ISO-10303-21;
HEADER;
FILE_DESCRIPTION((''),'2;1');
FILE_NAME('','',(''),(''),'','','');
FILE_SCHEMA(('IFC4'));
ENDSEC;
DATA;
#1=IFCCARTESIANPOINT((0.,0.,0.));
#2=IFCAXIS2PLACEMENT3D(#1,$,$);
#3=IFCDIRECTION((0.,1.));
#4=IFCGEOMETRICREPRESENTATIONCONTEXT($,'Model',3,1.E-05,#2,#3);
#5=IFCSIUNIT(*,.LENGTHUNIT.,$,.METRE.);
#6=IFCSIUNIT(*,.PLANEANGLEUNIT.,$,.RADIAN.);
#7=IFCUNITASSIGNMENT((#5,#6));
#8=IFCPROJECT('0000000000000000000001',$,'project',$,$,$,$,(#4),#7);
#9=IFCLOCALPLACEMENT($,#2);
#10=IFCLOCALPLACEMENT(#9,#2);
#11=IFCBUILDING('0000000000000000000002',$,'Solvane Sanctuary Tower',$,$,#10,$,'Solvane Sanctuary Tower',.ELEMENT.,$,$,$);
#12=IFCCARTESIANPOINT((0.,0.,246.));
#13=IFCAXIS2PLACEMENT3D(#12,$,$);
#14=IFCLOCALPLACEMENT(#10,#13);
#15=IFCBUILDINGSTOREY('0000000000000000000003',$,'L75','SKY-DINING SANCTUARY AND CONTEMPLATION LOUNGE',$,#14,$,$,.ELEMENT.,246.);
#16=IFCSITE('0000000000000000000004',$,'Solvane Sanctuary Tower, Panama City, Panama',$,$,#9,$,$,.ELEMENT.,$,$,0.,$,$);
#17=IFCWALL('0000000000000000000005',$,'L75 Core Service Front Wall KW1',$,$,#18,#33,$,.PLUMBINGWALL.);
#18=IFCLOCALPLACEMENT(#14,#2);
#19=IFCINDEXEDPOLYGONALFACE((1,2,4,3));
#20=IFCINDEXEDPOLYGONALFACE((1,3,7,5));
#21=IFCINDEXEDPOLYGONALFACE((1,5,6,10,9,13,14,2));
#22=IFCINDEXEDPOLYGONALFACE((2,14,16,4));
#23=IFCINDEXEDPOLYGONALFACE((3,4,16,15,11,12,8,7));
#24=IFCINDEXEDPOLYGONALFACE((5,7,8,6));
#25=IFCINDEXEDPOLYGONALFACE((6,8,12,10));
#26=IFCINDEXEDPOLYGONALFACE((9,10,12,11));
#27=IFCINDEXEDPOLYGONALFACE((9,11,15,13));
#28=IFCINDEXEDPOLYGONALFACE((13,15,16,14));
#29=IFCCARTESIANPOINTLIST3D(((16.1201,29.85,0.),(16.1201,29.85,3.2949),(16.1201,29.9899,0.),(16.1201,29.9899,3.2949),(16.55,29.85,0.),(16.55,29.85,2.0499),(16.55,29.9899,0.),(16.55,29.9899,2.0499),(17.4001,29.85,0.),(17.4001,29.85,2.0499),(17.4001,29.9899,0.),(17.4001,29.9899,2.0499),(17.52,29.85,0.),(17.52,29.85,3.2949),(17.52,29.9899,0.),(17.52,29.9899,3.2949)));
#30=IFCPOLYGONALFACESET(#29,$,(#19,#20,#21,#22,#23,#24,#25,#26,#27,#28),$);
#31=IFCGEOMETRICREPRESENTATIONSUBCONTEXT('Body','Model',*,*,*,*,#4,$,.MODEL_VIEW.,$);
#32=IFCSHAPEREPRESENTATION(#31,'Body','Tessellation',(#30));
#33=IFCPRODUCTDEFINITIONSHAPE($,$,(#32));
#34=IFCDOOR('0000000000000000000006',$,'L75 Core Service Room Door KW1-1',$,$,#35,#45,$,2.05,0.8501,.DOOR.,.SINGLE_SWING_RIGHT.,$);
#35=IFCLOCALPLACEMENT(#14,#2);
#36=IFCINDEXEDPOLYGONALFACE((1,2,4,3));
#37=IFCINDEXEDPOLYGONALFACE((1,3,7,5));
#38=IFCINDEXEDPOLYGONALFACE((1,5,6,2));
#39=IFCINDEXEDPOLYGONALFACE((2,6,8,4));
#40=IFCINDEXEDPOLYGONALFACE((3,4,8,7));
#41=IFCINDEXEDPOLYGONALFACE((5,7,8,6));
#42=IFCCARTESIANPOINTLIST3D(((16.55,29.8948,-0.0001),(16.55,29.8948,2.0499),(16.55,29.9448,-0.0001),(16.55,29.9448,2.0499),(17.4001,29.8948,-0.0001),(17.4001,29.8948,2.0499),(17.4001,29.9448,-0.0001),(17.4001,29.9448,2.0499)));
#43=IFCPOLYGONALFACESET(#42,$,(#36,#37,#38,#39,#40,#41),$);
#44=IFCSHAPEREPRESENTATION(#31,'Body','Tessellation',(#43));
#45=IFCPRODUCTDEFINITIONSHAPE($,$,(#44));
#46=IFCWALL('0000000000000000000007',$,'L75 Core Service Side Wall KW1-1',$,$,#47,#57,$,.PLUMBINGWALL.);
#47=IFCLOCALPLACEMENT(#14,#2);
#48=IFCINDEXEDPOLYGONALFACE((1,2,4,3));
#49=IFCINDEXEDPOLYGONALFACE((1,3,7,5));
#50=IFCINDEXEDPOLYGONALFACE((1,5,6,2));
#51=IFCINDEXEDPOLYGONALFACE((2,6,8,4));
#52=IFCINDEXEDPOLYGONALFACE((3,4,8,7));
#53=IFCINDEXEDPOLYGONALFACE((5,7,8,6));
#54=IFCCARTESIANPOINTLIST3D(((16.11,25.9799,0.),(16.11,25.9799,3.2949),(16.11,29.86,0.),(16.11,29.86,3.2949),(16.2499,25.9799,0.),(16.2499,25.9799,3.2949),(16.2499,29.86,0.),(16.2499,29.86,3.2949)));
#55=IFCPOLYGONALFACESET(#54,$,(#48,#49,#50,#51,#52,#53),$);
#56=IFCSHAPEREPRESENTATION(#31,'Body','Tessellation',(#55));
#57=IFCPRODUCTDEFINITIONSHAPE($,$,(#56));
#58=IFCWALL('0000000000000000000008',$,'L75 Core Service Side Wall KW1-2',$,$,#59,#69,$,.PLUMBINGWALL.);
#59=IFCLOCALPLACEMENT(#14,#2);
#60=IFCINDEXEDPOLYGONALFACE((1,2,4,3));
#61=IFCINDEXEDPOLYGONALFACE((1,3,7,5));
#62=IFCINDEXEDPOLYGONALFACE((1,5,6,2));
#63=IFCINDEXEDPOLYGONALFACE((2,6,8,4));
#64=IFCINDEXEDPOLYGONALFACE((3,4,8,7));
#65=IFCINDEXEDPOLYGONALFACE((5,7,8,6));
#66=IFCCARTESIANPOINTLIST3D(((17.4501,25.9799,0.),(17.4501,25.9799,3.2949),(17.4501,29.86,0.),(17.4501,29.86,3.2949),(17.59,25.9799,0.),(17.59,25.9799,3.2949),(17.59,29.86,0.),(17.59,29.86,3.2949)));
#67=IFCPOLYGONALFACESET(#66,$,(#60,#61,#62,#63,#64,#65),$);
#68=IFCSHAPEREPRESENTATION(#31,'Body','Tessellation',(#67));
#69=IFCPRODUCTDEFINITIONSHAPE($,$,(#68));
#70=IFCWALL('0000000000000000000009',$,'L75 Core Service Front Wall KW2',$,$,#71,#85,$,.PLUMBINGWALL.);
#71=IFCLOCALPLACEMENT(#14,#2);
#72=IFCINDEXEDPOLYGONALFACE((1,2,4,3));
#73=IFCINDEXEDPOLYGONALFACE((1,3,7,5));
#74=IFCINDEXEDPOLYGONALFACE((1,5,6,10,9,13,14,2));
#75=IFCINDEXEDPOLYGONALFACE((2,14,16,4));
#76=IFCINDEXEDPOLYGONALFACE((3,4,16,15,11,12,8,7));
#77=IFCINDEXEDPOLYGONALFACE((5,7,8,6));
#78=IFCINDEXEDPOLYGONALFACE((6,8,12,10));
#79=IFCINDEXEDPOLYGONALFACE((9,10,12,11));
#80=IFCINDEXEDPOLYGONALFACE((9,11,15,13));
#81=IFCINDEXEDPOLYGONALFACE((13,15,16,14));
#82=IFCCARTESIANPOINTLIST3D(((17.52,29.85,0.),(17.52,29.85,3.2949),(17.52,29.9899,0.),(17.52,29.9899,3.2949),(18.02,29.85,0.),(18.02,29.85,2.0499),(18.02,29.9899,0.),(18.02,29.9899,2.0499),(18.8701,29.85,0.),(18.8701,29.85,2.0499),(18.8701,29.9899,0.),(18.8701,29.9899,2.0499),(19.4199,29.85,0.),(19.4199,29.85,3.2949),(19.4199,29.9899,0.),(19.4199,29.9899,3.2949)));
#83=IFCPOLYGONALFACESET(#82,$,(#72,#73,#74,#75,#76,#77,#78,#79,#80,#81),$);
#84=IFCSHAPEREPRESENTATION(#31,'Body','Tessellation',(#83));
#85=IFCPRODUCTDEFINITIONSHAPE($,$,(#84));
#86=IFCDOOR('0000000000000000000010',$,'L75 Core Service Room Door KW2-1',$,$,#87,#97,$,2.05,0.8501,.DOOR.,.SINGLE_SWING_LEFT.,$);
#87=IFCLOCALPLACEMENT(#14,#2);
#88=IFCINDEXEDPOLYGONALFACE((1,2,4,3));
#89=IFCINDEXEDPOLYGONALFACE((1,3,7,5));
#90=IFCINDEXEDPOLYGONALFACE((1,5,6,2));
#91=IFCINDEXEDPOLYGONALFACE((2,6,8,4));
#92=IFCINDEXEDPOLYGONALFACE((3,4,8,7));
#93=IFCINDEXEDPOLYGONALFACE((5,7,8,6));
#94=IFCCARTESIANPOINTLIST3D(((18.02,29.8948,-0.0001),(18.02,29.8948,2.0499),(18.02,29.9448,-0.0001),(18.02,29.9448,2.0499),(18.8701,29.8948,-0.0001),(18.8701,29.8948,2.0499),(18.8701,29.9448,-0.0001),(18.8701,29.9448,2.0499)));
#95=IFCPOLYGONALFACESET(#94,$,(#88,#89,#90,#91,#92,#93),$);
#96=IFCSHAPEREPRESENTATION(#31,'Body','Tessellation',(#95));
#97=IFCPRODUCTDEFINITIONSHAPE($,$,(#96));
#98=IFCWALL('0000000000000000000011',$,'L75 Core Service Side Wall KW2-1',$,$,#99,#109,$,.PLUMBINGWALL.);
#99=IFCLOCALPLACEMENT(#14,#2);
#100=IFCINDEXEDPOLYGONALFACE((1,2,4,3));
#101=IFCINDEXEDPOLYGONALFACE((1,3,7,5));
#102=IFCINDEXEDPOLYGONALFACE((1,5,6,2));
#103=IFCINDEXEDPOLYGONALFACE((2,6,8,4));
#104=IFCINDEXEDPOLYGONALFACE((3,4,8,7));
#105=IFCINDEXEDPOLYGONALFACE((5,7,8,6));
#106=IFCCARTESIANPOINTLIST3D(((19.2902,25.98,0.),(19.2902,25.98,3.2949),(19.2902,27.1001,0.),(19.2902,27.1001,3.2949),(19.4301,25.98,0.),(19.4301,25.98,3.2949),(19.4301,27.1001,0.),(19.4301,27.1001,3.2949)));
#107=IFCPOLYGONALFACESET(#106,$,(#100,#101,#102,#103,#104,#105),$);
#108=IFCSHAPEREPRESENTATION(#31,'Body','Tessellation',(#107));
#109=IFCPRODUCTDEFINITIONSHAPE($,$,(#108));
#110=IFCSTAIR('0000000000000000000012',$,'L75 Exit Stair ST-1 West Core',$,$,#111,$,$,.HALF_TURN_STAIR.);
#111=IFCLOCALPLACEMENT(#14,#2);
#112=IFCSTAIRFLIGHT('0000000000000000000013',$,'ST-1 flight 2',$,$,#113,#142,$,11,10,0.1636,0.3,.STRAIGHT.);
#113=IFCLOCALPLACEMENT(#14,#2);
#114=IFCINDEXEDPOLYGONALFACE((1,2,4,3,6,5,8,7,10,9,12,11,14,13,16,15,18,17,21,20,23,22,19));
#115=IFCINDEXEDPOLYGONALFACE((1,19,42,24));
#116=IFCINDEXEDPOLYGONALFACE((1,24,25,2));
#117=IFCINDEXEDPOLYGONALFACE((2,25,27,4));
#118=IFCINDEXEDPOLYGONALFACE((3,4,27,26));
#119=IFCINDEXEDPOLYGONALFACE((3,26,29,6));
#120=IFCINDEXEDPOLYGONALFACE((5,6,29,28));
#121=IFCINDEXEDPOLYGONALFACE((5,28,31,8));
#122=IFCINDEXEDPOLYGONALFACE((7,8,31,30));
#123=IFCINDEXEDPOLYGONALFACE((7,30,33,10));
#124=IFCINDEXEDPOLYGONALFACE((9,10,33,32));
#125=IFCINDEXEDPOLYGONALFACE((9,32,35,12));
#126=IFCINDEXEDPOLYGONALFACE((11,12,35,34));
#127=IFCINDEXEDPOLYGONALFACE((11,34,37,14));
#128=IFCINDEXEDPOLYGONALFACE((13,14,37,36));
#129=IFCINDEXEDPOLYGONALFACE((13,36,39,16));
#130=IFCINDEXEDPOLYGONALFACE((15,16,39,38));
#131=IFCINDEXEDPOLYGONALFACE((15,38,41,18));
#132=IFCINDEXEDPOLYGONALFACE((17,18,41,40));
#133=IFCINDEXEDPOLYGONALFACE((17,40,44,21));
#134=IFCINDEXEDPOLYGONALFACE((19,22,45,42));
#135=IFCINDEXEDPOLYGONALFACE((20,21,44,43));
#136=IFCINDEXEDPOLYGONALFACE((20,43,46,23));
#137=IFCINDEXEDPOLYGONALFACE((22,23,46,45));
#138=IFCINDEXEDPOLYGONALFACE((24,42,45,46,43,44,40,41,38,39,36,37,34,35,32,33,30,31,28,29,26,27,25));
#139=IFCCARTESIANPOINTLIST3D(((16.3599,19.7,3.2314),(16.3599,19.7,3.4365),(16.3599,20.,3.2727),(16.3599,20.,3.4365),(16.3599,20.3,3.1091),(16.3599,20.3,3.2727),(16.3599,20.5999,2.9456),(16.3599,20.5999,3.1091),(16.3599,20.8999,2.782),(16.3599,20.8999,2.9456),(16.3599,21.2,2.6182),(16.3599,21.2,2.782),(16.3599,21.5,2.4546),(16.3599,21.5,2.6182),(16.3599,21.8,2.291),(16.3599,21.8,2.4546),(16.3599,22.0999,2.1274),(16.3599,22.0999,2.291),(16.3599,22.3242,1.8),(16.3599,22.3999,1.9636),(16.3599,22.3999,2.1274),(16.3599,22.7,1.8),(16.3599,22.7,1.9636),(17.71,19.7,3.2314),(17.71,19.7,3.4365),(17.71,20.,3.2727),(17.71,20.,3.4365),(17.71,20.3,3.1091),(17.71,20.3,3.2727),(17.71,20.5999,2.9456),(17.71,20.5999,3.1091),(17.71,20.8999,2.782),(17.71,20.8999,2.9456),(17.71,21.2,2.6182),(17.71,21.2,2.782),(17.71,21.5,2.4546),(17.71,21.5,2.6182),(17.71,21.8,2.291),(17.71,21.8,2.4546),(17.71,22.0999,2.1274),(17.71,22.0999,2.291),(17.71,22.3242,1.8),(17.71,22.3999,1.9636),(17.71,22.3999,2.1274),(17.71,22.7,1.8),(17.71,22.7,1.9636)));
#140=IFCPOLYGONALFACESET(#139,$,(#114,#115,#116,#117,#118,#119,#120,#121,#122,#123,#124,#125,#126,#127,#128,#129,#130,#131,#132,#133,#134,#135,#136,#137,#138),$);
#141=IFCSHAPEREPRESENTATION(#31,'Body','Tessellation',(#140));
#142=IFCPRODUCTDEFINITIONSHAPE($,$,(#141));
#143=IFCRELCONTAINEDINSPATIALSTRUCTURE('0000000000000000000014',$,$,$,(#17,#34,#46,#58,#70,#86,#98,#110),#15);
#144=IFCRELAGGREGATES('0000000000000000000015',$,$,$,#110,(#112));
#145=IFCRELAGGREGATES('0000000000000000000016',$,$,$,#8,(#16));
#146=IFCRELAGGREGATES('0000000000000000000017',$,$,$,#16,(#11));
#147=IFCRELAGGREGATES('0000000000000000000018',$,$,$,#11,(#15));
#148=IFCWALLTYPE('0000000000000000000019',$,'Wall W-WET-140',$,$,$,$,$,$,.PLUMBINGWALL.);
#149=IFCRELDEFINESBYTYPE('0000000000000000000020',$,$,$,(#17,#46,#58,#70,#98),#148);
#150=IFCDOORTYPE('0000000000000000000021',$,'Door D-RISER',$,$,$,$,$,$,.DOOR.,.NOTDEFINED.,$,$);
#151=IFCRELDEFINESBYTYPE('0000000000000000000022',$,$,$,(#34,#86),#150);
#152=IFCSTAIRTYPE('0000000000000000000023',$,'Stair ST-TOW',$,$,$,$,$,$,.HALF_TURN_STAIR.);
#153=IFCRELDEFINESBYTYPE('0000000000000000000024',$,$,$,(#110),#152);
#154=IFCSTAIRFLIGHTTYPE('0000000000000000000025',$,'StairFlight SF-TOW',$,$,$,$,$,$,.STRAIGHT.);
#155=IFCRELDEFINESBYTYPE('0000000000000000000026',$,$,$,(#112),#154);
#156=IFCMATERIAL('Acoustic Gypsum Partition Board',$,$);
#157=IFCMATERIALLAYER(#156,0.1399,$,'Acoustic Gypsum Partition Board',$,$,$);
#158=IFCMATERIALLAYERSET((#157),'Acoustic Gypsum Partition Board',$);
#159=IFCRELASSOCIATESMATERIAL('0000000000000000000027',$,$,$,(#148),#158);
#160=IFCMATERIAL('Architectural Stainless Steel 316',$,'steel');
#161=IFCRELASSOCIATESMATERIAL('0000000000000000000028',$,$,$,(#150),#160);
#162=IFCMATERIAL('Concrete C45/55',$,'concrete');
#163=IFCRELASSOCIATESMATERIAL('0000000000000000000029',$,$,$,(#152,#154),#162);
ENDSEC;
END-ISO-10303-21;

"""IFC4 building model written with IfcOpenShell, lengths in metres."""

from ifc_helpers import new_model, si_unit, direction, frame, frame_2d, origin, place, context, subcontext, project, spatial, polyline, rectangle, outline, extrude, material, layer, layer_set, type_object, element, fill, aggregate, save


model = new_model("IFC4")

# Units and contexts
model_context = context("Model", 3, precision=1e-05, world=origin(), true_north=direction((0.0, 1.0)))
body_context = subcontext(model_context, "Body", "Model", "MODEL_VIEW")
ifc_project = project(units=[si_unit("LENGTHUNIT", "METRE"), si_unit("PLANEANGLEUNIT", "RADIAN")], contexts=[model_context])

# Site, building, storey
site_placement = place(None, origin())
site = spatial("IfcSite", under=ifc_project, at=site_placement, Name="Solvane Sanctuary Tower, Panama City, Panama", CompositionType="ELEMENT", RefElevation=0.0)
building_placement = place(site_placement, origin())
building = spatial("IfcBuilding", under=site, at=building_placement, Name="Solvane Sanctuary Tower", LongName="Solvane Sanctuary Tower", CompositionType="ELEMENT")
storey_placement = place(building_placement, frame((0.0, 0.0, 246.0)))
storey = spatial("IfcBuildingStorey", under=building, at=storey_placement, Name="L75", Description="SKY-DINING SANCTUARY AND CONTEMPLATION LOUNGE", CompositionType="ELEMENT", Elevation=246.0)

# Shared definitions
ifc_material_1 = material(Name="Acoustic Gypsum Partition Board")

# Shared definitions
ifc_material_2 = material(Name="Architectural Stainless Steel 316", Category="steel")

# Wall, opening, door
ifc_layer_1 = layer(ifc_material_1, 0.1399, Name="Acoustic Gypsum Partition Board")
ifc_layer_set_1 = layer_set([ifc_layer_1], Name="Acoustic Gypsum Partition Board")
wall_type_1 = type_object("IfcWallType", Name="Wall W-WET-140", PredefinedType="PLUMBINGWALL", material=ifc_layer_set_1)
wall_1_placement = place(storey_placement, frame((16.1201, 29.9199, 0.0), z_axis=(0.0, 0.0, 1.0), x_axis=(1.0, 0.0, 0.0)))
wall_1 = element("IfcWall", 1, at=wall_1_placement, inside=storey, type_object=wall_type_1, Name="L75 Core Service Front Wall KW1", PredefinedType="PLUMBINGWALL", context=body_context, shape_type="SweptSolid", body=[
    extrude(rectangle(XDim=1.3999, YDim=0.1399, at=frame_2d((0.7, 0.0))), origin(), (0.0, 0.0, 1.0), 3.2949),
])
opening_1_placement = place(wall_1_placement, frame((0.4299, 0.0, 0.0)))
opening_1 = element("IfcOpeningElement", 2, at=opening_1_placement, cuts=wall_1, PredefinedType="OPENING", context=body_context, shape_type="SweptSolid", body=[
    extrude(rectangle(XDim=0.8501, YDim=2.05, at=frame_2d((0.425, 1.0249))), frame((0.0, 0.0798, 0.0), z_axis=(0.0, -1.0, 0.0), x_axis=(1.0, 0.0, 0.0)), (0.0, 0.0, 1.0), 0.1599),
])
door_type_1 = type_object("IfcDoorType", Name="Door D-RISER", OperationType="NOTDEFINED", PredefinedType="DOOR", material=ifc_material_2)
door_1_placement = place(opening_1_placement, origin())
door_1 = element("IfcDoor", 3, at=door_1_placement, inside=storey, type_object=door_type_1, Name="L75 Core Service Room Door KW1-1", OperationType="SINGLE_SWING_RIGHT", OverallHeight=2.05, OverallWidth=0.8501, PredefinedType="DOOR", context=body_context, shape_type="SweptSolid", body=[
    extrude(rectangle(XDim=0.8501, YDim=2.05, at=frame_2d((0.425, 1.0249))), frame((0.0, 0.0249, 0.0), z_axis=(0.0, -1.0, 0.0), x_axis=(1.0, 0.0, 0.0)), (0.0, 0.0, 1.0), 0.05),
])
fill(opening_1, door_1)

# Walls
for number, where, z_axis, x_axis, name in (
    (4, (16.1799, 25.98, 0.0), (0.0, 0.0, 1.0), (0.0, 1.0, 0.0), "L75 Core Service Side Wall KW1-1"),
    (5, (17.52, 25.98, 0.0), (0.0, 0.0, 1.0), (0.0, 1.0, 0.0), "L75 Core Service Side Wall KW1-2"),
):
    element("IfcWall", number, at=place(storey_placement, frame(where, z_axis=z_axis, x_axis=x_axis)), inside=storey, type_object=wall_type_1, Name=name, PredefinedType="PLUMBINGWALL", context=body_context, shape_type="SweptSolid", body=[
        extrude(rectangle(XDim=3.8801, YDim=0.1399, at=frame_2d((1.9399, 0.0))), origin(), (0.0, 0.0, 1.0), 3.2949),
    ])

# Wall, opening, door
wall_2_placement = place(storey_placement, frame((17.52, 29.9199, 0.0), z_axis=(0.0, 0.0, 1.0), x_axis=(1.0, 0.0, 0.0)))
wall_2 = element("IfcWall", 6, at=wall_2_placement, inside=storey, type_object=wall_type_1, Name="L75 Core Service Front Wall KW2", PredefinedType="PLUMBINGWALL", context=body_context, shape_type="SweptSolid", body=[
    extrude(rectangle(XDim=1.8999, YDim=0.1399, at=frame_2d((0.95, 0.0))), origin(), (0.0, 0.0, 1.0), 3.2949),
])
opening_2_placement = place(wall_2_placement, frame((0.5, 0.0, 0.0)))
opening_2 = element("IfcOpeningElement", 7, at=opening_2_placement, cuts=wall_2, PredefinedType="OPENING", context=body_context, shape_type="SweptSolid", body=[
    extrude(rectangle(XDim=0.8501, YDim=2.05, at=frame_2d((0.425, 1.0249))), frame((0.0, 0.0798, 0.0), z_axis=(0.0, -1.0, 0.0), x_axis=(1.0, 0.0, 0.0)), (0.0, 0.0, 1.0), 0.1599),
])
door_2_placement = place(opening_2_placement, origin())
door_2 = element("IfcDoor", 8, at=door_2_placement, inside=storey, type_object=door_type_1, Name="L75 Core Service Room Door KW2-1", OperationType="SINGLE_SWING_LEFT", OverallHeight=2.05, OverallWidth=0.8501, PredefinedType="DOOR", context=body_context, shape_type="SweptSolid", body=[
    extrude(rectangle(XDim=0.8501, YDim=2.05, at=frame_2d((0.425, 1.0249))), frame((0.0, 0.0249, 0.0), z_axis=(0.0, -1.0, 0.0), x_axis=(1.0, 0.0, 0.0)), (0.0, 0.0, 1.0), 0.05),
])
fill(opening_2, door_2)

# Wall
wall_3_placement = place(storey_placement, frame((19.3601, 25.98, 0.0), z_axis=(0.0, 0.0, 1.0), x_axis=(0.0, 1.0, 0.0)))
element("IfcWall", 9, at=wall_3_placement, inside=storey, type_object=wall_type_1, Name="L75 Core Service Side Wall KW2-1", PredefinedType="PLUMBINGWALL", context=body_context, shape_type="SweptSolid", body=[
    extrude(rectangle(XDim=1.1201, YDim=0.1399, at=frame_2d((0.5601, 0.0))), origin(), (0.0, 0.0, 1.0), 3.2949),
])

# Stair, stair flight
ifc_material_3 = material(Name="Concrete C45/55", Category="concrete")
stair_type = type_object("IfcStairType", Name="Stair ST-TOW", PredefinedType="HALF_TURN_STAIR", material=ifc_material_3)
stair_placement = place(storey_placement, origin())
stair = element("IfcStair", 10, at=stair_placement, inside=storey, type_object=stair_type, Name="L75 Exit Stair ST-1 West Core", PredefinedType="HALF_TURN_STAIR")
stair_flight_type = type_object("IfcStairFlightType", Name="StairFlight SF-TOW", PredefinedType="STRAIGHT", material=ifc_material_3)
stair_flight_placement = place(storey_placement, frame((17.0349, 22.7, 1.8), z_axis=(0.0, 0.0, 1.0), x_axis=(0.0, -1.0, 0.0)))
stair_flight = element("IfcStairFlight", 11, at=stair_flight_placement, type_object=stair_flight_type, Name="ST-1 flight 2", NumberOfRisers=11, NumberOfTreads=10, PredefinedType="STRAIGHT", RiserHeight=0.1636, TreadLength=0.3, context=body_context, shape_type="SweptSolid", body=[
    extrude(outline(polyline([(0.0, 0.0), (0.0, 0.1636), (0.3, 0.1636), (0.3, 0.3274), (0.6001, 0.3274), (0.6001, 0.491), (0.8999, 0.491), (0.8999, 0.6545), (1.2, 0.6545), (1.2, 0.8181), (1.5, 0.8181), (1.5, 0.9819), (1.8, 0.9819), (1.8, 1.1455), (2.1001, 1.1455), (2.1001, 1.3091), (2.3999, 1.3091), (2.3999, 1.4727), (2.7, 1.4727), (2.7, 1.6365), (3.0, 1.6365), (3.0, 1.8), (3.0, 1.4314), (0.3757, 0.0), (0.0, 0.0)])), frame((0.0, 0.675, 0.0), z_axis=(0.0, -1.0, 0.0), x_axis=(1.0, 0.0, 0.0)), (0.0, 0.0, 1.0), 1.3501),
])
aggregate(stair, [stair_flight])

save(model, "model.ifc")
